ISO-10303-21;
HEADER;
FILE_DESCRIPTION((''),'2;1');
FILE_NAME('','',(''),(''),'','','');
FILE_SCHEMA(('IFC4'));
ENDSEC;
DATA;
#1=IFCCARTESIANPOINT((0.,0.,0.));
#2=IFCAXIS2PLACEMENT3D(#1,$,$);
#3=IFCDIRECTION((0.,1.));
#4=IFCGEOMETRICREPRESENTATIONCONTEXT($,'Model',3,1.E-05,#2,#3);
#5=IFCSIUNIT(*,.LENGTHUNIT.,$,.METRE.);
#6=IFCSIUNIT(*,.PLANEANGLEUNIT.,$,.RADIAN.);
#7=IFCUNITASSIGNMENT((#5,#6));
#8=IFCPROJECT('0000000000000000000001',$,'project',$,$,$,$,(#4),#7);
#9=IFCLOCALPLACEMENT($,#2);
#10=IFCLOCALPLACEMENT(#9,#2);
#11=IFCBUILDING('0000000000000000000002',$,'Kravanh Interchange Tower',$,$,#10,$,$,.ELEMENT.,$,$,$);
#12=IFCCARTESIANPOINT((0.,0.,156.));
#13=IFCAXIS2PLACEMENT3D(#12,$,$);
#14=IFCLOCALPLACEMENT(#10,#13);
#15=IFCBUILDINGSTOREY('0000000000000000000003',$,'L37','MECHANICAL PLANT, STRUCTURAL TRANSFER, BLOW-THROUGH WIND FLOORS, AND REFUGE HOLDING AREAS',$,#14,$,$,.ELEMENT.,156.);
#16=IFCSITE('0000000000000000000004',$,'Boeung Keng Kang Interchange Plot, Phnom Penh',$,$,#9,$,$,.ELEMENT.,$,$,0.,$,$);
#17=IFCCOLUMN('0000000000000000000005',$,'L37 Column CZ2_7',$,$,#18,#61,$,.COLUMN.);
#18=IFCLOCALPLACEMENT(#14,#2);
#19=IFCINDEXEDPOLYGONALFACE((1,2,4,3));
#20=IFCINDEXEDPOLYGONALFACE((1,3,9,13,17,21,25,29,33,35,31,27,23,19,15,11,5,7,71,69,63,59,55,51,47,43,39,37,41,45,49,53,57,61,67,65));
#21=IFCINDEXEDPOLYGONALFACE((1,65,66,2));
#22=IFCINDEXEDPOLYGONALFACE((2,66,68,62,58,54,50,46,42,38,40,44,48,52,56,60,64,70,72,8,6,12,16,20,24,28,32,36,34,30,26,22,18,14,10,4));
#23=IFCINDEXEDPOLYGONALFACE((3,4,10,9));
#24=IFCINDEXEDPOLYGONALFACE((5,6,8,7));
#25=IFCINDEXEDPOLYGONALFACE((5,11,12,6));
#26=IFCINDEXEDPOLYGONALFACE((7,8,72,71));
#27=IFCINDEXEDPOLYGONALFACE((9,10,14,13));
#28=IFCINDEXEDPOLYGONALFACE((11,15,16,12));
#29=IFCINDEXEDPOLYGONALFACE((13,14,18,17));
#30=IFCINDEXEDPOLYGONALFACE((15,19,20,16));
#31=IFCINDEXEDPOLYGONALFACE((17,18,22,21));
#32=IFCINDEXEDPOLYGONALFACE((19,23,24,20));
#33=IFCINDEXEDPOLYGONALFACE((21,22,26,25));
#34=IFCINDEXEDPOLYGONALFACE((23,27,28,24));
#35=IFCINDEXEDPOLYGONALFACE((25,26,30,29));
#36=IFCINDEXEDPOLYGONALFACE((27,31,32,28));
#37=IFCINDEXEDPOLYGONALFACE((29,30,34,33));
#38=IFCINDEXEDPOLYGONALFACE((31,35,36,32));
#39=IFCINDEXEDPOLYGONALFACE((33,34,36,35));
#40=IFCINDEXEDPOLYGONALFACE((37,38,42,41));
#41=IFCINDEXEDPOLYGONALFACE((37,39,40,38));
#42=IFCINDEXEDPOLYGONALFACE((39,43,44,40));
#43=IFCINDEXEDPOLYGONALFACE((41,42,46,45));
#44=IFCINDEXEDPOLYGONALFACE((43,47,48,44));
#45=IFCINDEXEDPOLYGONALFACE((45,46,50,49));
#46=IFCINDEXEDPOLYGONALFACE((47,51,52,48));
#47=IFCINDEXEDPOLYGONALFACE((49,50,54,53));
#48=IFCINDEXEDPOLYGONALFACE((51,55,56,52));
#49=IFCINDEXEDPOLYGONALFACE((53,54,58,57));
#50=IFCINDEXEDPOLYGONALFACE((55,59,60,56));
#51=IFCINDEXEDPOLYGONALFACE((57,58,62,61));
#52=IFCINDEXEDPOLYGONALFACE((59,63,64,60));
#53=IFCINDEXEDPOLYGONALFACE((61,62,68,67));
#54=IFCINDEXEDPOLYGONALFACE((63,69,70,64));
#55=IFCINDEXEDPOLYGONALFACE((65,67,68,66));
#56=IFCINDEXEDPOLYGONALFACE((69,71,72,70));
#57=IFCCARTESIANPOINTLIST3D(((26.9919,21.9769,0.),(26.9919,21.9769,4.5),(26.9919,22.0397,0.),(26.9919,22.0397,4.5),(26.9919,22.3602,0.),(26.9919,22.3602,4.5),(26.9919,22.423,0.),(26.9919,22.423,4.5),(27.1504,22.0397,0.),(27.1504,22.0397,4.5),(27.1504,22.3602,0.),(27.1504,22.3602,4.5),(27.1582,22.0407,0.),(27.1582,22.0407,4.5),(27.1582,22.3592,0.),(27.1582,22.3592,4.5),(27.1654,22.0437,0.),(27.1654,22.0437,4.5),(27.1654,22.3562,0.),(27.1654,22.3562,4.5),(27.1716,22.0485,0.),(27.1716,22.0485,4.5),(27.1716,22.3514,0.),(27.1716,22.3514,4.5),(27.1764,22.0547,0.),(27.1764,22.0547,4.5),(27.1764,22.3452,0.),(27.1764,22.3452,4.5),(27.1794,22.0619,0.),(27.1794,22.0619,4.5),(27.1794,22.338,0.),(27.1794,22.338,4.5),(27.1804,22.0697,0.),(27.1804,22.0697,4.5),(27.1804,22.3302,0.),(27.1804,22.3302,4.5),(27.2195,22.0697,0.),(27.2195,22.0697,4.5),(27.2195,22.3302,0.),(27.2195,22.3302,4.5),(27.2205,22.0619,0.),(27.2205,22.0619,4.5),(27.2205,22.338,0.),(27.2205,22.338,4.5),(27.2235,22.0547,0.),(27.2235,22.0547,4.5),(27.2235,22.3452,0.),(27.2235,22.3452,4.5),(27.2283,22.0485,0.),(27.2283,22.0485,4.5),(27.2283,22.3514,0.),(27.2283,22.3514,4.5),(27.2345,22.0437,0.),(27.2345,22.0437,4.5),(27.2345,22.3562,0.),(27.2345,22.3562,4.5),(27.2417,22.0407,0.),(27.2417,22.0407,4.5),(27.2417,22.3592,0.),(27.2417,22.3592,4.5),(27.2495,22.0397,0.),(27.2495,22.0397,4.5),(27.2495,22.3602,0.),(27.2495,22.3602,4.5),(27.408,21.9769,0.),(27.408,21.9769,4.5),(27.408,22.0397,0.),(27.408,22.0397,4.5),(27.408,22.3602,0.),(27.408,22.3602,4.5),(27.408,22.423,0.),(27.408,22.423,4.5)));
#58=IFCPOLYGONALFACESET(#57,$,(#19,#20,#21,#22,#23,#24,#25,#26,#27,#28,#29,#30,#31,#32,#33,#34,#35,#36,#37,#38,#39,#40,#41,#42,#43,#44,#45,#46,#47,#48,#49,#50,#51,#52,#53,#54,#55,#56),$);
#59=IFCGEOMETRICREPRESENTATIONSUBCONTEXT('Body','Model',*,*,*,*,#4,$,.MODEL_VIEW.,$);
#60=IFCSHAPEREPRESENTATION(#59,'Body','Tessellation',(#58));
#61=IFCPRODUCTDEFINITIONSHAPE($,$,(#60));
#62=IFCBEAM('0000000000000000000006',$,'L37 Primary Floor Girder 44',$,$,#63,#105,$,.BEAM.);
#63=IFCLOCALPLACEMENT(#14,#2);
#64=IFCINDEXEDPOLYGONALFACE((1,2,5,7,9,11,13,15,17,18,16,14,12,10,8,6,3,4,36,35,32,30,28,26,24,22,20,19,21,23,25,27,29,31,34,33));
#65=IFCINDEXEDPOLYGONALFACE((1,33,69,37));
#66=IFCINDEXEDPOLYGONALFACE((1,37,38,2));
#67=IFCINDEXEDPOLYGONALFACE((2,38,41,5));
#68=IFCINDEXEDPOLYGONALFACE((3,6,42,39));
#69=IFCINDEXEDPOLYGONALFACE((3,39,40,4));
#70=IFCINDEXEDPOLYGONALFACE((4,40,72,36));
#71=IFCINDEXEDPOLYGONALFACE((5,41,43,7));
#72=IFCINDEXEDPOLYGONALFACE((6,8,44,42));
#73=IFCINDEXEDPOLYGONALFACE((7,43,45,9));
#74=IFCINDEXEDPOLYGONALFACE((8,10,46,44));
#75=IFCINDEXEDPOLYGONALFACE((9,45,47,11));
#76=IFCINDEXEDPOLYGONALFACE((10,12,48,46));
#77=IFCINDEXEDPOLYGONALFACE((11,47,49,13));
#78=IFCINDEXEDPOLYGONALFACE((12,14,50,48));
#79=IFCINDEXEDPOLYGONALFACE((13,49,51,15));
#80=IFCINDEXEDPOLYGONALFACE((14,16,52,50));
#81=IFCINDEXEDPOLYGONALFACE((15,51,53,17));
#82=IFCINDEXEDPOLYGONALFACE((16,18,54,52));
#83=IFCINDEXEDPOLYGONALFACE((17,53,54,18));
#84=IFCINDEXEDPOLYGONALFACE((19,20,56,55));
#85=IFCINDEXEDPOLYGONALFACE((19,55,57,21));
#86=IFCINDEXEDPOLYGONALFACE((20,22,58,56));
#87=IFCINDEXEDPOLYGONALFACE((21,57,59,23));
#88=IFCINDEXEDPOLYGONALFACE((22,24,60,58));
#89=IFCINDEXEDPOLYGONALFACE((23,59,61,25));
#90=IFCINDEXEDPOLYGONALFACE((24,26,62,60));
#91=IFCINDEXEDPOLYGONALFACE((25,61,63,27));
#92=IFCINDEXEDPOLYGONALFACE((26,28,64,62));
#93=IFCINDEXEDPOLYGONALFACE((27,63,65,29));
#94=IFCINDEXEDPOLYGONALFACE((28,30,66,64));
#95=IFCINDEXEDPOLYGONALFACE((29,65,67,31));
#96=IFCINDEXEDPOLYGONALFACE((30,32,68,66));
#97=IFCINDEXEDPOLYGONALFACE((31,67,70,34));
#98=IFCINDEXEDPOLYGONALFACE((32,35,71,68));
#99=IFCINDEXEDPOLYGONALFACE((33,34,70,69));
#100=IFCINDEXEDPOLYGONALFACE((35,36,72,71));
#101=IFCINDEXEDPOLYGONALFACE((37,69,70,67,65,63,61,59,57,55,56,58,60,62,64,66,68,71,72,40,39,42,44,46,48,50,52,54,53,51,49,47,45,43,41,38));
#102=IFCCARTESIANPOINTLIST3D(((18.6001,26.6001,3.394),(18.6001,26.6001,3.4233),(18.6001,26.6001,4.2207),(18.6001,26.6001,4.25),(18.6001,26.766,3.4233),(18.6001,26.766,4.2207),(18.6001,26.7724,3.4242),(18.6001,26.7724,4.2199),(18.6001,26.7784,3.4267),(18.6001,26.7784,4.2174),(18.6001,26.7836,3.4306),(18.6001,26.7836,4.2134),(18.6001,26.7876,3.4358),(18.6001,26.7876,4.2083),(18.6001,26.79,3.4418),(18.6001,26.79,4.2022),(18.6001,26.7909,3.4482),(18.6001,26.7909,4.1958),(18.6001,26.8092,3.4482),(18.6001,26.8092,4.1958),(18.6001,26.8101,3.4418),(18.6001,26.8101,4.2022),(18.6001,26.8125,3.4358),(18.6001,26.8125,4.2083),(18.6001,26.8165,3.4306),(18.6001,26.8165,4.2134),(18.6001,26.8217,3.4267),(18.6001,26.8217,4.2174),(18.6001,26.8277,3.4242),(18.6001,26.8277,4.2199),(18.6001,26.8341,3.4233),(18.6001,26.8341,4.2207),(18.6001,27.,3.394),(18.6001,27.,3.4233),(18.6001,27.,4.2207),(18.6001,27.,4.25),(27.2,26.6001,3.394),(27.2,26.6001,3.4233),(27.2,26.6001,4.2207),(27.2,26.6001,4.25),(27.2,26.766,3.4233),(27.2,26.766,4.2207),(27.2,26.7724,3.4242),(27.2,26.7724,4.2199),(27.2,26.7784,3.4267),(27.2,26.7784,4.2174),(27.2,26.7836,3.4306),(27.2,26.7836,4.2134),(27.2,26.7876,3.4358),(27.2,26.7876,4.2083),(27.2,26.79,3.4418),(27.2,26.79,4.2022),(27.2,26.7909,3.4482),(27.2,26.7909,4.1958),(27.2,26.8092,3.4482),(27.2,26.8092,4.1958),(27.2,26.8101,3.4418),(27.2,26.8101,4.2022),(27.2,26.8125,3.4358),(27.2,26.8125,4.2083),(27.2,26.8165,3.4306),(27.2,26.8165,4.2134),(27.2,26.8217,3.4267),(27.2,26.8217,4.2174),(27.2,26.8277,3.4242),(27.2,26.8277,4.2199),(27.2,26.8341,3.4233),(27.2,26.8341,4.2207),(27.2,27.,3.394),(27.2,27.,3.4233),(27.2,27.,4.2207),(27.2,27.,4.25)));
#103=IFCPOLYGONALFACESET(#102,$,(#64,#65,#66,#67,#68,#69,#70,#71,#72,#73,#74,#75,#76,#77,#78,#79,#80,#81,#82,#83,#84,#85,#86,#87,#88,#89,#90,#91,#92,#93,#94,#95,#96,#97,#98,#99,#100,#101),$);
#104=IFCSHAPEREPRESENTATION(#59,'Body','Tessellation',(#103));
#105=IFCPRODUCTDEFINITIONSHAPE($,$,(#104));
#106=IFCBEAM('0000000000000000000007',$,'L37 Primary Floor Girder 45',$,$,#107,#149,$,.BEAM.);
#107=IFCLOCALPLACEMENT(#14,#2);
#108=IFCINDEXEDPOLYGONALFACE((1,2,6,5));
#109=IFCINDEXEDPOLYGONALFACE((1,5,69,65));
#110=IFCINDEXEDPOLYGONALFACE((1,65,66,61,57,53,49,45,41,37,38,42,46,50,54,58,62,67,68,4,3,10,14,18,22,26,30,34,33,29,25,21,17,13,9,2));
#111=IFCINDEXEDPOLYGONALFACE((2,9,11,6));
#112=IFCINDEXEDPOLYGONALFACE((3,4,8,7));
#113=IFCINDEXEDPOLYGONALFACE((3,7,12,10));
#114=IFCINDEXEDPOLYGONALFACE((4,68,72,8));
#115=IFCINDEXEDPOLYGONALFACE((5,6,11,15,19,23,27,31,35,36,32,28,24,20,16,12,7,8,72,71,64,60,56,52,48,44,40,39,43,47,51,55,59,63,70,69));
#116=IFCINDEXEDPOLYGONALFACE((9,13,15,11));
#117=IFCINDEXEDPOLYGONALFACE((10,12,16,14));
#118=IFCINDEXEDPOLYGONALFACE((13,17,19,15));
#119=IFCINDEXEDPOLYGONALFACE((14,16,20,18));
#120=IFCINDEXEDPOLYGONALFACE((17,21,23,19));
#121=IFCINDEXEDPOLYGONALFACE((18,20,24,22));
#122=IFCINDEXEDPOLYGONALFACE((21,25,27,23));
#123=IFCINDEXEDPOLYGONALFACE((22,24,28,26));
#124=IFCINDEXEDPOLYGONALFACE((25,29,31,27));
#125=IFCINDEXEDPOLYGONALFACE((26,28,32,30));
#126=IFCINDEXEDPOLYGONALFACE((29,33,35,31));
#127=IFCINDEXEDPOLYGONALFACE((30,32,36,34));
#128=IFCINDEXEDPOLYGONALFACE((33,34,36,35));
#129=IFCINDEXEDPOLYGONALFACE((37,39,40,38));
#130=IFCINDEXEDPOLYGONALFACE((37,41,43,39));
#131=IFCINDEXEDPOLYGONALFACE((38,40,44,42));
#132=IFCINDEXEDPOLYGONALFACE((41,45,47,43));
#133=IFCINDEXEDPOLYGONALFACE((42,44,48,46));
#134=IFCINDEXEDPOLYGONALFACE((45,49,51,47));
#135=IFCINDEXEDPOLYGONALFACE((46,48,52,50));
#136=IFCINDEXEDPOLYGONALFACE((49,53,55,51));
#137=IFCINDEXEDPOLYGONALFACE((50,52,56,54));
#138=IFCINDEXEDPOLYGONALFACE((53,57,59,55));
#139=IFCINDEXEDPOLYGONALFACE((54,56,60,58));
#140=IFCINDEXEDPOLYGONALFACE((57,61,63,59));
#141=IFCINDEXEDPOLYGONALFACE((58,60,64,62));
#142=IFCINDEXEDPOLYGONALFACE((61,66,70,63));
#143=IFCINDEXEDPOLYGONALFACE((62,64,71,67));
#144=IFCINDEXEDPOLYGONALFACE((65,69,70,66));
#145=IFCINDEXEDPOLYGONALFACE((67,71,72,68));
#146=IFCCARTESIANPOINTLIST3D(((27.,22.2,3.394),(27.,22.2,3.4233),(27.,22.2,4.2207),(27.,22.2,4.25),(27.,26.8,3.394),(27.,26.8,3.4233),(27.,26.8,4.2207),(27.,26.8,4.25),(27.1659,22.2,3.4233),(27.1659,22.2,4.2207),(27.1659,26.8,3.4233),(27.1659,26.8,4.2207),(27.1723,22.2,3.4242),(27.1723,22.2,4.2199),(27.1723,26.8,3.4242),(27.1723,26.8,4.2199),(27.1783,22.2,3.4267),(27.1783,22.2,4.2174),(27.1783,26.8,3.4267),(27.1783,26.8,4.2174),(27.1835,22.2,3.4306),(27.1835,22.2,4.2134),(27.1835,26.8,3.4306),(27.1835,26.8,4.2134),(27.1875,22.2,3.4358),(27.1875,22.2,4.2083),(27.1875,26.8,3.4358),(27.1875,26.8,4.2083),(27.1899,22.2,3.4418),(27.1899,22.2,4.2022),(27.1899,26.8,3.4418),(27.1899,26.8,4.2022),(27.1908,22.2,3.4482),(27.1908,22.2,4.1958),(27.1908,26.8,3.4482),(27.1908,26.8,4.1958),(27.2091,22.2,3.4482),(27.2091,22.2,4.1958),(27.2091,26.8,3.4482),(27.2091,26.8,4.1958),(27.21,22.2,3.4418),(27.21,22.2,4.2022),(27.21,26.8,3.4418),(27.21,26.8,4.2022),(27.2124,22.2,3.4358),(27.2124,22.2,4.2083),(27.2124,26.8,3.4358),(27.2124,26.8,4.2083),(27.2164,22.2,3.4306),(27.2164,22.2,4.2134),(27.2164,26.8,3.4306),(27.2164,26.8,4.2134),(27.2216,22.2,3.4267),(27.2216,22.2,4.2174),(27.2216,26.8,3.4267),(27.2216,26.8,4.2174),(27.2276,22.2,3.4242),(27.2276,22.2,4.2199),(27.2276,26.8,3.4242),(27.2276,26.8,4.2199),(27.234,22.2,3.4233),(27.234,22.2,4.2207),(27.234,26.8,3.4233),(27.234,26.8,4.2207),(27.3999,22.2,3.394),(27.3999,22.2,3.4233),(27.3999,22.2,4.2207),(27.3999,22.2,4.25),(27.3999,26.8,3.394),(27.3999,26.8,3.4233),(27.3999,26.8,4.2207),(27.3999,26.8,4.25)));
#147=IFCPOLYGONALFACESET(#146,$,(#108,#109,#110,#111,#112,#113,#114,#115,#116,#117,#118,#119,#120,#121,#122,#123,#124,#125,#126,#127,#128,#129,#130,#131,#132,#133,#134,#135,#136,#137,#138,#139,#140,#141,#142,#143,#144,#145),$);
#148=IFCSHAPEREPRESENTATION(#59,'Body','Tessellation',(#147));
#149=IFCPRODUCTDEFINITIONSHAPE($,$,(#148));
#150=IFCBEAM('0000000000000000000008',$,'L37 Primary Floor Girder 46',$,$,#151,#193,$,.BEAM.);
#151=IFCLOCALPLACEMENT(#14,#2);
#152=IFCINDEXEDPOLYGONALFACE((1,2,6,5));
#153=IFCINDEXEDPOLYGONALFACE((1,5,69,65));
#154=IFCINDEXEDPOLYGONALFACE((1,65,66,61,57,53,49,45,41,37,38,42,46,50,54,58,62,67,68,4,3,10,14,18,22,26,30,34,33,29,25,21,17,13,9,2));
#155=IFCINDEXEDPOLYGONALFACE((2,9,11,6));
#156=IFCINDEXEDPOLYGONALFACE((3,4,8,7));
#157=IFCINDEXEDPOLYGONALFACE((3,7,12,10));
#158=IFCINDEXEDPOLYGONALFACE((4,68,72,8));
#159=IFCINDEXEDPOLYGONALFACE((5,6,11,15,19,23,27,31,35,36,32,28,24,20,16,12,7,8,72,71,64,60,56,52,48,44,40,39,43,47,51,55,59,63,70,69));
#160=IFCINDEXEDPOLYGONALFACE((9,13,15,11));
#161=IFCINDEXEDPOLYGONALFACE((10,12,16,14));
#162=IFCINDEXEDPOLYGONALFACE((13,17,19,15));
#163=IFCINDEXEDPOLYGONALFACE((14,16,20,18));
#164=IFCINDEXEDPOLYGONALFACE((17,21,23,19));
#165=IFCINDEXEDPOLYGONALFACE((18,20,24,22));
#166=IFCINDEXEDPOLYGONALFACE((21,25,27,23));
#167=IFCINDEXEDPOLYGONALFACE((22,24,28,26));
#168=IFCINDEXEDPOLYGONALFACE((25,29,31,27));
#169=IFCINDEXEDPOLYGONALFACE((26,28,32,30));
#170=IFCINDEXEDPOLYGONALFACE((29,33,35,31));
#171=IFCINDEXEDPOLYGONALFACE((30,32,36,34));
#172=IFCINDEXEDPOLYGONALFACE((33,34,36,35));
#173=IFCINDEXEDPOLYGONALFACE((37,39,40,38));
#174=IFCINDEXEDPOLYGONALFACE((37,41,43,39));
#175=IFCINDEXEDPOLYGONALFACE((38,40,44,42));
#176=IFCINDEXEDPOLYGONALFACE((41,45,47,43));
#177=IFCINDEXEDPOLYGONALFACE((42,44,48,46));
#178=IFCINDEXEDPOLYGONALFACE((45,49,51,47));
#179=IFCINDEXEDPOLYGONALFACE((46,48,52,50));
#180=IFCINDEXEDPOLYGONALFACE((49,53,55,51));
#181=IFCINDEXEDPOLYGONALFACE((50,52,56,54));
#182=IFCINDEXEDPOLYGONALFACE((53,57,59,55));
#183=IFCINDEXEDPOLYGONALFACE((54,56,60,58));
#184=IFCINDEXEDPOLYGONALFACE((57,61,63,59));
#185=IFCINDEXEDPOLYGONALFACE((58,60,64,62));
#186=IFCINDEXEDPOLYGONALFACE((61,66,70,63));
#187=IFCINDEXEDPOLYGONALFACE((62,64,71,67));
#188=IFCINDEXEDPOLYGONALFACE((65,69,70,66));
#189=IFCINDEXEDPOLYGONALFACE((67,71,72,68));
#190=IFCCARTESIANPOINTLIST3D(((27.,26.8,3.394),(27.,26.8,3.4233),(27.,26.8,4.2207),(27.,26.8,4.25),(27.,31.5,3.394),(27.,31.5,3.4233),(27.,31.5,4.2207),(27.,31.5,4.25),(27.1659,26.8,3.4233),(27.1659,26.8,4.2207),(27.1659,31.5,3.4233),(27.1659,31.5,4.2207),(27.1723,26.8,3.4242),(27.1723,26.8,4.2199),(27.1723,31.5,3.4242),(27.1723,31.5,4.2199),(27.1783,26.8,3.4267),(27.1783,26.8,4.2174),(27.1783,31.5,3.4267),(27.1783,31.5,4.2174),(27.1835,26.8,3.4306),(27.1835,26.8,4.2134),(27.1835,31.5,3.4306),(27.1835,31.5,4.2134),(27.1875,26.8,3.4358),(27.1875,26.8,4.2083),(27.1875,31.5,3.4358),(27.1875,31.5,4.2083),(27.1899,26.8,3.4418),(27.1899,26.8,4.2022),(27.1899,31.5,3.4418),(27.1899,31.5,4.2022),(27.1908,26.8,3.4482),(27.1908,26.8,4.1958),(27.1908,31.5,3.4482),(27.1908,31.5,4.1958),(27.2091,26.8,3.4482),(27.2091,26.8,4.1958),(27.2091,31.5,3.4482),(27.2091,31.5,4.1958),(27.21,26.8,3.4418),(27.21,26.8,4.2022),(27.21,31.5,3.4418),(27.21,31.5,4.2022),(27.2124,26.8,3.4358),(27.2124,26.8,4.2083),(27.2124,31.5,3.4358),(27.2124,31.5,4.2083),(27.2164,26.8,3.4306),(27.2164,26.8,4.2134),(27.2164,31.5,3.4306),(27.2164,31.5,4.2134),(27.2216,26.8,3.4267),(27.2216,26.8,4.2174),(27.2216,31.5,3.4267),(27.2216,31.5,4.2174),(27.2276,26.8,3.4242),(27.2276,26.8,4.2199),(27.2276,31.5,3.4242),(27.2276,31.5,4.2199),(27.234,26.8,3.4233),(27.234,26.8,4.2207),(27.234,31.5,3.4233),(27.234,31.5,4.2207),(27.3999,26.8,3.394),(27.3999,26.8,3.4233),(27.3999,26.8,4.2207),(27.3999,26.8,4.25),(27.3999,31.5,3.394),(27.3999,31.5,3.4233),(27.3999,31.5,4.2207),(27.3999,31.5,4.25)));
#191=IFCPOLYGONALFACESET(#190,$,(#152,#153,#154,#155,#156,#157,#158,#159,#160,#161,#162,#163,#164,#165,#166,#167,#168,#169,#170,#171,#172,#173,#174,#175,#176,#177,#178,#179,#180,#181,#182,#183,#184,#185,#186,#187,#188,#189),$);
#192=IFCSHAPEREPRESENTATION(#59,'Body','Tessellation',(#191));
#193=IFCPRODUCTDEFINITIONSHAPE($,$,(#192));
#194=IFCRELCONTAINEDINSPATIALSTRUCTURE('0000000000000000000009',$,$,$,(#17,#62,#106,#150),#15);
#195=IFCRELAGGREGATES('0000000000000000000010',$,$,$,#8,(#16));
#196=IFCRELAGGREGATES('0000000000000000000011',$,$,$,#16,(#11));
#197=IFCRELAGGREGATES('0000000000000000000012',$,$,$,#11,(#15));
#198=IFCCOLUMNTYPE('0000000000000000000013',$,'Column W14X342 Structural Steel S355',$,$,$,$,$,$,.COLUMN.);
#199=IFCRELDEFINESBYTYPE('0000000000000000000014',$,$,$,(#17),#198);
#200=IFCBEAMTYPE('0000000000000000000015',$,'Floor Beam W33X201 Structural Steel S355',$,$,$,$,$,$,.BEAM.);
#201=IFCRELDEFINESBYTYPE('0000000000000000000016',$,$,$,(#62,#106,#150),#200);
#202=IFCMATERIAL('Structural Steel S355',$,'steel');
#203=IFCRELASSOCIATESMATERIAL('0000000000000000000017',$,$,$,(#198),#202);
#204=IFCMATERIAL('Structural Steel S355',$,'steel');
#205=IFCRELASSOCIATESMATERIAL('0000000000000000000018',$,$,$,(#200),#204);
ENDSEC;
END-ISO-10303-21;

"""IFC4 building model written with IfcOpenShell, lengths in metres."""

from ifc_helpers import new_model, si_unit, direction, frame, origin, origin_2d, place, context, subcontext, project, spatial, i_section, extrude, material, material_profile, profile_set, type_object, element, save


model = new_model("IFC4")

# Units and contexts
model_context = context("Model", 3, precision=1e-05, world=origin(), true_north=direction((0.0, 1.0)))
body_context = subcontext(model_context, "Body", "Model", "MODEL_VIEW")
ifc_project = project(units=[si_unit("LENGTHUNIT", "METRE"), si_unit("PLANEANGLEUNIT", "RADIAN")], contexts=[model_context])

# Site, building, storey
site_placement = place(None, origin())
site = spatial("IfcSite", under=ifc_project, at=site_placement, Name="Boeung Keng Kang Interchange Plot, Phnom Penh", CompositionType="ELEMENT", RefElevation=0.0)
building_placement = place(site_placement, origin())
building = spatial("IfcBuilding", under=site, at=building_placement, Name="Kravanh Interchange Tower", CompositionType="ELEMENT")
storey_placement = place(building_placement, frame((0.0, 0.0, 156.0)))
storey = spatial("IfcBuildingStorey", under=building, at=storey_placement, Name="L37", Description="MECHANICAL PLANT, STRUCTURAL TRANSFER, BLOW-THROUGH WIND FLOORS, AND REFUGE HOLDING AREAS", CompositionType="ELEMENT", Elevation=156.0)

# Column
ifc_material_1 = material(Name="Structural Steel S355", Category="steel")
ifc_material_profile_1 = material_profile(ifc_material_1, i_section(OverallWidth=0.416, OverallDepth=0.446, WebThickness=0.0391, FlangeThickness=0.0627, FilletRadius=0.03, at=origin_2d()), Name="W14X342")
ifc_profile_set_1 = profile_set([ifc_material_profile_1], Name="Structural Steel S355")
column_type = type_object("IfcColumnType", Name="Column W14X342 Structural Steel S355", PredefinedType="COLUMN", material=ifc_profile_set_1)
for number, where, z_axis, x_axis, name in (
    (1, (27.2, 22.2, 0.0), (0.0, 0.0, 1.0), (1.0, 0.0, 0.0), "L37 Column CZ2_7"),
):
    element("IfcColumn", number, at=place(storey_placement, frame(where, z_axis=z_axis, x_axis=x_axis)), inside=storey, type_object=column_type, Name=name, PredefinedType="COLUMN", context=body_context, shape_type="SweptSolid", body=[
        extrude(i_section(OverallWidth=0.416, OverallDepth=0.446, WebThickness=0.0391, FlangeThickness=0.0627, FilletRadius=0.03, at=origin_2d()), origin(), (0.0, 0.0, 1.0), 4.5),
    ])

# Beams
ifc_material_2 = material(Name="Structural Steel S355", Category="steel")
ifc_material_profile_2 = material_profile(ifc_material_2, i_section(OverallWidth=0.3999, OverallDepth=0.856, WebThickness=0.0183, FlangeThickness=0.0293, FilletRadius=0.0249, at=origin_2d()), Name="W33X201")
ifc_profile_set_2 = profile_set([ifc_material_profile_2], Name="Structural Steel S355")
beam_type_1 = type_object("IfcBeamType", Name="Floor Beam W33X201 Structural Steel S355", PredefinedType="BEAM", material=ifc_profile_set_2)
beam_1_placement = place(storey_placement, frame((18.6001, 26.8, 3.822), z_axis=(1.0, 0.0, 0.0), x_axis=(0.0, 1.0, 0.0)))
element("IfcBeam", 2, at=beam_1_placement, inside=storey, type_object=beam_type_1, Name="L37 Primary Floor Girder 44", PredefinedType="BEAM", context=body_context, shape_type="SweptSolid", body=[
    extrude(i_section(OverallWidth=0.3999, OverallDepth=0.856, WebThickness=0.0183, FlangeThickness=0.0293, FilletRadius=0.0249, at=origin_2d()), origin(), (0.0, 0.0, 1.0), 8.5999),
])
beam_2_placement = place(storey_placement, frame((27.2, 26.8, 3.822), z_axis=(0.0, -1.0, 0.0), x_axis=(1.0, 0.0, 0.0)))
element("IfcBeam", 3, at=beam_2_placement, inside=storey, type_object=beam_type_1, Name="L37 Primary Floor Girder 45", PredefinedType="BEAM", context=body_context, shape_type="SweptSolid", body=[
    extrude(i_section(OverallWidth=0.3999, OverallDepth=0.856, WebThickness=0.0183, FlangeThickness=0.0293, FilletRadius=0.0249, at=origin_2d()), origin(), (0.0, 0.0, 1.0), 4.6001),
])
beam_3_placement = place(storey_placement, frame((27.2, 26.8, 3.822), z_axis=(0.0, 1.0, 0.0), x_axis=(-1.0, 0.0, 0.0)))
element("IfcBeam", 4, at=beam_3_placement, inside=storey, type_object=beam_type_1, Name="L37 Primary Floor Girder 46", PredefinedType="BEAM", context=body_context, shape_type="SweptSolid", body=[
    extrude(i_section(OverallWidth=0.3999, OverallDepth=0.856, WebThickness=0.0183, FlangeThickness=0.0293, FilletRadius=0.0249, at=origin_2d()), origin(), (0.0, 0.0, 1.0), 4.7),
])

save(model, "model.ifc")
